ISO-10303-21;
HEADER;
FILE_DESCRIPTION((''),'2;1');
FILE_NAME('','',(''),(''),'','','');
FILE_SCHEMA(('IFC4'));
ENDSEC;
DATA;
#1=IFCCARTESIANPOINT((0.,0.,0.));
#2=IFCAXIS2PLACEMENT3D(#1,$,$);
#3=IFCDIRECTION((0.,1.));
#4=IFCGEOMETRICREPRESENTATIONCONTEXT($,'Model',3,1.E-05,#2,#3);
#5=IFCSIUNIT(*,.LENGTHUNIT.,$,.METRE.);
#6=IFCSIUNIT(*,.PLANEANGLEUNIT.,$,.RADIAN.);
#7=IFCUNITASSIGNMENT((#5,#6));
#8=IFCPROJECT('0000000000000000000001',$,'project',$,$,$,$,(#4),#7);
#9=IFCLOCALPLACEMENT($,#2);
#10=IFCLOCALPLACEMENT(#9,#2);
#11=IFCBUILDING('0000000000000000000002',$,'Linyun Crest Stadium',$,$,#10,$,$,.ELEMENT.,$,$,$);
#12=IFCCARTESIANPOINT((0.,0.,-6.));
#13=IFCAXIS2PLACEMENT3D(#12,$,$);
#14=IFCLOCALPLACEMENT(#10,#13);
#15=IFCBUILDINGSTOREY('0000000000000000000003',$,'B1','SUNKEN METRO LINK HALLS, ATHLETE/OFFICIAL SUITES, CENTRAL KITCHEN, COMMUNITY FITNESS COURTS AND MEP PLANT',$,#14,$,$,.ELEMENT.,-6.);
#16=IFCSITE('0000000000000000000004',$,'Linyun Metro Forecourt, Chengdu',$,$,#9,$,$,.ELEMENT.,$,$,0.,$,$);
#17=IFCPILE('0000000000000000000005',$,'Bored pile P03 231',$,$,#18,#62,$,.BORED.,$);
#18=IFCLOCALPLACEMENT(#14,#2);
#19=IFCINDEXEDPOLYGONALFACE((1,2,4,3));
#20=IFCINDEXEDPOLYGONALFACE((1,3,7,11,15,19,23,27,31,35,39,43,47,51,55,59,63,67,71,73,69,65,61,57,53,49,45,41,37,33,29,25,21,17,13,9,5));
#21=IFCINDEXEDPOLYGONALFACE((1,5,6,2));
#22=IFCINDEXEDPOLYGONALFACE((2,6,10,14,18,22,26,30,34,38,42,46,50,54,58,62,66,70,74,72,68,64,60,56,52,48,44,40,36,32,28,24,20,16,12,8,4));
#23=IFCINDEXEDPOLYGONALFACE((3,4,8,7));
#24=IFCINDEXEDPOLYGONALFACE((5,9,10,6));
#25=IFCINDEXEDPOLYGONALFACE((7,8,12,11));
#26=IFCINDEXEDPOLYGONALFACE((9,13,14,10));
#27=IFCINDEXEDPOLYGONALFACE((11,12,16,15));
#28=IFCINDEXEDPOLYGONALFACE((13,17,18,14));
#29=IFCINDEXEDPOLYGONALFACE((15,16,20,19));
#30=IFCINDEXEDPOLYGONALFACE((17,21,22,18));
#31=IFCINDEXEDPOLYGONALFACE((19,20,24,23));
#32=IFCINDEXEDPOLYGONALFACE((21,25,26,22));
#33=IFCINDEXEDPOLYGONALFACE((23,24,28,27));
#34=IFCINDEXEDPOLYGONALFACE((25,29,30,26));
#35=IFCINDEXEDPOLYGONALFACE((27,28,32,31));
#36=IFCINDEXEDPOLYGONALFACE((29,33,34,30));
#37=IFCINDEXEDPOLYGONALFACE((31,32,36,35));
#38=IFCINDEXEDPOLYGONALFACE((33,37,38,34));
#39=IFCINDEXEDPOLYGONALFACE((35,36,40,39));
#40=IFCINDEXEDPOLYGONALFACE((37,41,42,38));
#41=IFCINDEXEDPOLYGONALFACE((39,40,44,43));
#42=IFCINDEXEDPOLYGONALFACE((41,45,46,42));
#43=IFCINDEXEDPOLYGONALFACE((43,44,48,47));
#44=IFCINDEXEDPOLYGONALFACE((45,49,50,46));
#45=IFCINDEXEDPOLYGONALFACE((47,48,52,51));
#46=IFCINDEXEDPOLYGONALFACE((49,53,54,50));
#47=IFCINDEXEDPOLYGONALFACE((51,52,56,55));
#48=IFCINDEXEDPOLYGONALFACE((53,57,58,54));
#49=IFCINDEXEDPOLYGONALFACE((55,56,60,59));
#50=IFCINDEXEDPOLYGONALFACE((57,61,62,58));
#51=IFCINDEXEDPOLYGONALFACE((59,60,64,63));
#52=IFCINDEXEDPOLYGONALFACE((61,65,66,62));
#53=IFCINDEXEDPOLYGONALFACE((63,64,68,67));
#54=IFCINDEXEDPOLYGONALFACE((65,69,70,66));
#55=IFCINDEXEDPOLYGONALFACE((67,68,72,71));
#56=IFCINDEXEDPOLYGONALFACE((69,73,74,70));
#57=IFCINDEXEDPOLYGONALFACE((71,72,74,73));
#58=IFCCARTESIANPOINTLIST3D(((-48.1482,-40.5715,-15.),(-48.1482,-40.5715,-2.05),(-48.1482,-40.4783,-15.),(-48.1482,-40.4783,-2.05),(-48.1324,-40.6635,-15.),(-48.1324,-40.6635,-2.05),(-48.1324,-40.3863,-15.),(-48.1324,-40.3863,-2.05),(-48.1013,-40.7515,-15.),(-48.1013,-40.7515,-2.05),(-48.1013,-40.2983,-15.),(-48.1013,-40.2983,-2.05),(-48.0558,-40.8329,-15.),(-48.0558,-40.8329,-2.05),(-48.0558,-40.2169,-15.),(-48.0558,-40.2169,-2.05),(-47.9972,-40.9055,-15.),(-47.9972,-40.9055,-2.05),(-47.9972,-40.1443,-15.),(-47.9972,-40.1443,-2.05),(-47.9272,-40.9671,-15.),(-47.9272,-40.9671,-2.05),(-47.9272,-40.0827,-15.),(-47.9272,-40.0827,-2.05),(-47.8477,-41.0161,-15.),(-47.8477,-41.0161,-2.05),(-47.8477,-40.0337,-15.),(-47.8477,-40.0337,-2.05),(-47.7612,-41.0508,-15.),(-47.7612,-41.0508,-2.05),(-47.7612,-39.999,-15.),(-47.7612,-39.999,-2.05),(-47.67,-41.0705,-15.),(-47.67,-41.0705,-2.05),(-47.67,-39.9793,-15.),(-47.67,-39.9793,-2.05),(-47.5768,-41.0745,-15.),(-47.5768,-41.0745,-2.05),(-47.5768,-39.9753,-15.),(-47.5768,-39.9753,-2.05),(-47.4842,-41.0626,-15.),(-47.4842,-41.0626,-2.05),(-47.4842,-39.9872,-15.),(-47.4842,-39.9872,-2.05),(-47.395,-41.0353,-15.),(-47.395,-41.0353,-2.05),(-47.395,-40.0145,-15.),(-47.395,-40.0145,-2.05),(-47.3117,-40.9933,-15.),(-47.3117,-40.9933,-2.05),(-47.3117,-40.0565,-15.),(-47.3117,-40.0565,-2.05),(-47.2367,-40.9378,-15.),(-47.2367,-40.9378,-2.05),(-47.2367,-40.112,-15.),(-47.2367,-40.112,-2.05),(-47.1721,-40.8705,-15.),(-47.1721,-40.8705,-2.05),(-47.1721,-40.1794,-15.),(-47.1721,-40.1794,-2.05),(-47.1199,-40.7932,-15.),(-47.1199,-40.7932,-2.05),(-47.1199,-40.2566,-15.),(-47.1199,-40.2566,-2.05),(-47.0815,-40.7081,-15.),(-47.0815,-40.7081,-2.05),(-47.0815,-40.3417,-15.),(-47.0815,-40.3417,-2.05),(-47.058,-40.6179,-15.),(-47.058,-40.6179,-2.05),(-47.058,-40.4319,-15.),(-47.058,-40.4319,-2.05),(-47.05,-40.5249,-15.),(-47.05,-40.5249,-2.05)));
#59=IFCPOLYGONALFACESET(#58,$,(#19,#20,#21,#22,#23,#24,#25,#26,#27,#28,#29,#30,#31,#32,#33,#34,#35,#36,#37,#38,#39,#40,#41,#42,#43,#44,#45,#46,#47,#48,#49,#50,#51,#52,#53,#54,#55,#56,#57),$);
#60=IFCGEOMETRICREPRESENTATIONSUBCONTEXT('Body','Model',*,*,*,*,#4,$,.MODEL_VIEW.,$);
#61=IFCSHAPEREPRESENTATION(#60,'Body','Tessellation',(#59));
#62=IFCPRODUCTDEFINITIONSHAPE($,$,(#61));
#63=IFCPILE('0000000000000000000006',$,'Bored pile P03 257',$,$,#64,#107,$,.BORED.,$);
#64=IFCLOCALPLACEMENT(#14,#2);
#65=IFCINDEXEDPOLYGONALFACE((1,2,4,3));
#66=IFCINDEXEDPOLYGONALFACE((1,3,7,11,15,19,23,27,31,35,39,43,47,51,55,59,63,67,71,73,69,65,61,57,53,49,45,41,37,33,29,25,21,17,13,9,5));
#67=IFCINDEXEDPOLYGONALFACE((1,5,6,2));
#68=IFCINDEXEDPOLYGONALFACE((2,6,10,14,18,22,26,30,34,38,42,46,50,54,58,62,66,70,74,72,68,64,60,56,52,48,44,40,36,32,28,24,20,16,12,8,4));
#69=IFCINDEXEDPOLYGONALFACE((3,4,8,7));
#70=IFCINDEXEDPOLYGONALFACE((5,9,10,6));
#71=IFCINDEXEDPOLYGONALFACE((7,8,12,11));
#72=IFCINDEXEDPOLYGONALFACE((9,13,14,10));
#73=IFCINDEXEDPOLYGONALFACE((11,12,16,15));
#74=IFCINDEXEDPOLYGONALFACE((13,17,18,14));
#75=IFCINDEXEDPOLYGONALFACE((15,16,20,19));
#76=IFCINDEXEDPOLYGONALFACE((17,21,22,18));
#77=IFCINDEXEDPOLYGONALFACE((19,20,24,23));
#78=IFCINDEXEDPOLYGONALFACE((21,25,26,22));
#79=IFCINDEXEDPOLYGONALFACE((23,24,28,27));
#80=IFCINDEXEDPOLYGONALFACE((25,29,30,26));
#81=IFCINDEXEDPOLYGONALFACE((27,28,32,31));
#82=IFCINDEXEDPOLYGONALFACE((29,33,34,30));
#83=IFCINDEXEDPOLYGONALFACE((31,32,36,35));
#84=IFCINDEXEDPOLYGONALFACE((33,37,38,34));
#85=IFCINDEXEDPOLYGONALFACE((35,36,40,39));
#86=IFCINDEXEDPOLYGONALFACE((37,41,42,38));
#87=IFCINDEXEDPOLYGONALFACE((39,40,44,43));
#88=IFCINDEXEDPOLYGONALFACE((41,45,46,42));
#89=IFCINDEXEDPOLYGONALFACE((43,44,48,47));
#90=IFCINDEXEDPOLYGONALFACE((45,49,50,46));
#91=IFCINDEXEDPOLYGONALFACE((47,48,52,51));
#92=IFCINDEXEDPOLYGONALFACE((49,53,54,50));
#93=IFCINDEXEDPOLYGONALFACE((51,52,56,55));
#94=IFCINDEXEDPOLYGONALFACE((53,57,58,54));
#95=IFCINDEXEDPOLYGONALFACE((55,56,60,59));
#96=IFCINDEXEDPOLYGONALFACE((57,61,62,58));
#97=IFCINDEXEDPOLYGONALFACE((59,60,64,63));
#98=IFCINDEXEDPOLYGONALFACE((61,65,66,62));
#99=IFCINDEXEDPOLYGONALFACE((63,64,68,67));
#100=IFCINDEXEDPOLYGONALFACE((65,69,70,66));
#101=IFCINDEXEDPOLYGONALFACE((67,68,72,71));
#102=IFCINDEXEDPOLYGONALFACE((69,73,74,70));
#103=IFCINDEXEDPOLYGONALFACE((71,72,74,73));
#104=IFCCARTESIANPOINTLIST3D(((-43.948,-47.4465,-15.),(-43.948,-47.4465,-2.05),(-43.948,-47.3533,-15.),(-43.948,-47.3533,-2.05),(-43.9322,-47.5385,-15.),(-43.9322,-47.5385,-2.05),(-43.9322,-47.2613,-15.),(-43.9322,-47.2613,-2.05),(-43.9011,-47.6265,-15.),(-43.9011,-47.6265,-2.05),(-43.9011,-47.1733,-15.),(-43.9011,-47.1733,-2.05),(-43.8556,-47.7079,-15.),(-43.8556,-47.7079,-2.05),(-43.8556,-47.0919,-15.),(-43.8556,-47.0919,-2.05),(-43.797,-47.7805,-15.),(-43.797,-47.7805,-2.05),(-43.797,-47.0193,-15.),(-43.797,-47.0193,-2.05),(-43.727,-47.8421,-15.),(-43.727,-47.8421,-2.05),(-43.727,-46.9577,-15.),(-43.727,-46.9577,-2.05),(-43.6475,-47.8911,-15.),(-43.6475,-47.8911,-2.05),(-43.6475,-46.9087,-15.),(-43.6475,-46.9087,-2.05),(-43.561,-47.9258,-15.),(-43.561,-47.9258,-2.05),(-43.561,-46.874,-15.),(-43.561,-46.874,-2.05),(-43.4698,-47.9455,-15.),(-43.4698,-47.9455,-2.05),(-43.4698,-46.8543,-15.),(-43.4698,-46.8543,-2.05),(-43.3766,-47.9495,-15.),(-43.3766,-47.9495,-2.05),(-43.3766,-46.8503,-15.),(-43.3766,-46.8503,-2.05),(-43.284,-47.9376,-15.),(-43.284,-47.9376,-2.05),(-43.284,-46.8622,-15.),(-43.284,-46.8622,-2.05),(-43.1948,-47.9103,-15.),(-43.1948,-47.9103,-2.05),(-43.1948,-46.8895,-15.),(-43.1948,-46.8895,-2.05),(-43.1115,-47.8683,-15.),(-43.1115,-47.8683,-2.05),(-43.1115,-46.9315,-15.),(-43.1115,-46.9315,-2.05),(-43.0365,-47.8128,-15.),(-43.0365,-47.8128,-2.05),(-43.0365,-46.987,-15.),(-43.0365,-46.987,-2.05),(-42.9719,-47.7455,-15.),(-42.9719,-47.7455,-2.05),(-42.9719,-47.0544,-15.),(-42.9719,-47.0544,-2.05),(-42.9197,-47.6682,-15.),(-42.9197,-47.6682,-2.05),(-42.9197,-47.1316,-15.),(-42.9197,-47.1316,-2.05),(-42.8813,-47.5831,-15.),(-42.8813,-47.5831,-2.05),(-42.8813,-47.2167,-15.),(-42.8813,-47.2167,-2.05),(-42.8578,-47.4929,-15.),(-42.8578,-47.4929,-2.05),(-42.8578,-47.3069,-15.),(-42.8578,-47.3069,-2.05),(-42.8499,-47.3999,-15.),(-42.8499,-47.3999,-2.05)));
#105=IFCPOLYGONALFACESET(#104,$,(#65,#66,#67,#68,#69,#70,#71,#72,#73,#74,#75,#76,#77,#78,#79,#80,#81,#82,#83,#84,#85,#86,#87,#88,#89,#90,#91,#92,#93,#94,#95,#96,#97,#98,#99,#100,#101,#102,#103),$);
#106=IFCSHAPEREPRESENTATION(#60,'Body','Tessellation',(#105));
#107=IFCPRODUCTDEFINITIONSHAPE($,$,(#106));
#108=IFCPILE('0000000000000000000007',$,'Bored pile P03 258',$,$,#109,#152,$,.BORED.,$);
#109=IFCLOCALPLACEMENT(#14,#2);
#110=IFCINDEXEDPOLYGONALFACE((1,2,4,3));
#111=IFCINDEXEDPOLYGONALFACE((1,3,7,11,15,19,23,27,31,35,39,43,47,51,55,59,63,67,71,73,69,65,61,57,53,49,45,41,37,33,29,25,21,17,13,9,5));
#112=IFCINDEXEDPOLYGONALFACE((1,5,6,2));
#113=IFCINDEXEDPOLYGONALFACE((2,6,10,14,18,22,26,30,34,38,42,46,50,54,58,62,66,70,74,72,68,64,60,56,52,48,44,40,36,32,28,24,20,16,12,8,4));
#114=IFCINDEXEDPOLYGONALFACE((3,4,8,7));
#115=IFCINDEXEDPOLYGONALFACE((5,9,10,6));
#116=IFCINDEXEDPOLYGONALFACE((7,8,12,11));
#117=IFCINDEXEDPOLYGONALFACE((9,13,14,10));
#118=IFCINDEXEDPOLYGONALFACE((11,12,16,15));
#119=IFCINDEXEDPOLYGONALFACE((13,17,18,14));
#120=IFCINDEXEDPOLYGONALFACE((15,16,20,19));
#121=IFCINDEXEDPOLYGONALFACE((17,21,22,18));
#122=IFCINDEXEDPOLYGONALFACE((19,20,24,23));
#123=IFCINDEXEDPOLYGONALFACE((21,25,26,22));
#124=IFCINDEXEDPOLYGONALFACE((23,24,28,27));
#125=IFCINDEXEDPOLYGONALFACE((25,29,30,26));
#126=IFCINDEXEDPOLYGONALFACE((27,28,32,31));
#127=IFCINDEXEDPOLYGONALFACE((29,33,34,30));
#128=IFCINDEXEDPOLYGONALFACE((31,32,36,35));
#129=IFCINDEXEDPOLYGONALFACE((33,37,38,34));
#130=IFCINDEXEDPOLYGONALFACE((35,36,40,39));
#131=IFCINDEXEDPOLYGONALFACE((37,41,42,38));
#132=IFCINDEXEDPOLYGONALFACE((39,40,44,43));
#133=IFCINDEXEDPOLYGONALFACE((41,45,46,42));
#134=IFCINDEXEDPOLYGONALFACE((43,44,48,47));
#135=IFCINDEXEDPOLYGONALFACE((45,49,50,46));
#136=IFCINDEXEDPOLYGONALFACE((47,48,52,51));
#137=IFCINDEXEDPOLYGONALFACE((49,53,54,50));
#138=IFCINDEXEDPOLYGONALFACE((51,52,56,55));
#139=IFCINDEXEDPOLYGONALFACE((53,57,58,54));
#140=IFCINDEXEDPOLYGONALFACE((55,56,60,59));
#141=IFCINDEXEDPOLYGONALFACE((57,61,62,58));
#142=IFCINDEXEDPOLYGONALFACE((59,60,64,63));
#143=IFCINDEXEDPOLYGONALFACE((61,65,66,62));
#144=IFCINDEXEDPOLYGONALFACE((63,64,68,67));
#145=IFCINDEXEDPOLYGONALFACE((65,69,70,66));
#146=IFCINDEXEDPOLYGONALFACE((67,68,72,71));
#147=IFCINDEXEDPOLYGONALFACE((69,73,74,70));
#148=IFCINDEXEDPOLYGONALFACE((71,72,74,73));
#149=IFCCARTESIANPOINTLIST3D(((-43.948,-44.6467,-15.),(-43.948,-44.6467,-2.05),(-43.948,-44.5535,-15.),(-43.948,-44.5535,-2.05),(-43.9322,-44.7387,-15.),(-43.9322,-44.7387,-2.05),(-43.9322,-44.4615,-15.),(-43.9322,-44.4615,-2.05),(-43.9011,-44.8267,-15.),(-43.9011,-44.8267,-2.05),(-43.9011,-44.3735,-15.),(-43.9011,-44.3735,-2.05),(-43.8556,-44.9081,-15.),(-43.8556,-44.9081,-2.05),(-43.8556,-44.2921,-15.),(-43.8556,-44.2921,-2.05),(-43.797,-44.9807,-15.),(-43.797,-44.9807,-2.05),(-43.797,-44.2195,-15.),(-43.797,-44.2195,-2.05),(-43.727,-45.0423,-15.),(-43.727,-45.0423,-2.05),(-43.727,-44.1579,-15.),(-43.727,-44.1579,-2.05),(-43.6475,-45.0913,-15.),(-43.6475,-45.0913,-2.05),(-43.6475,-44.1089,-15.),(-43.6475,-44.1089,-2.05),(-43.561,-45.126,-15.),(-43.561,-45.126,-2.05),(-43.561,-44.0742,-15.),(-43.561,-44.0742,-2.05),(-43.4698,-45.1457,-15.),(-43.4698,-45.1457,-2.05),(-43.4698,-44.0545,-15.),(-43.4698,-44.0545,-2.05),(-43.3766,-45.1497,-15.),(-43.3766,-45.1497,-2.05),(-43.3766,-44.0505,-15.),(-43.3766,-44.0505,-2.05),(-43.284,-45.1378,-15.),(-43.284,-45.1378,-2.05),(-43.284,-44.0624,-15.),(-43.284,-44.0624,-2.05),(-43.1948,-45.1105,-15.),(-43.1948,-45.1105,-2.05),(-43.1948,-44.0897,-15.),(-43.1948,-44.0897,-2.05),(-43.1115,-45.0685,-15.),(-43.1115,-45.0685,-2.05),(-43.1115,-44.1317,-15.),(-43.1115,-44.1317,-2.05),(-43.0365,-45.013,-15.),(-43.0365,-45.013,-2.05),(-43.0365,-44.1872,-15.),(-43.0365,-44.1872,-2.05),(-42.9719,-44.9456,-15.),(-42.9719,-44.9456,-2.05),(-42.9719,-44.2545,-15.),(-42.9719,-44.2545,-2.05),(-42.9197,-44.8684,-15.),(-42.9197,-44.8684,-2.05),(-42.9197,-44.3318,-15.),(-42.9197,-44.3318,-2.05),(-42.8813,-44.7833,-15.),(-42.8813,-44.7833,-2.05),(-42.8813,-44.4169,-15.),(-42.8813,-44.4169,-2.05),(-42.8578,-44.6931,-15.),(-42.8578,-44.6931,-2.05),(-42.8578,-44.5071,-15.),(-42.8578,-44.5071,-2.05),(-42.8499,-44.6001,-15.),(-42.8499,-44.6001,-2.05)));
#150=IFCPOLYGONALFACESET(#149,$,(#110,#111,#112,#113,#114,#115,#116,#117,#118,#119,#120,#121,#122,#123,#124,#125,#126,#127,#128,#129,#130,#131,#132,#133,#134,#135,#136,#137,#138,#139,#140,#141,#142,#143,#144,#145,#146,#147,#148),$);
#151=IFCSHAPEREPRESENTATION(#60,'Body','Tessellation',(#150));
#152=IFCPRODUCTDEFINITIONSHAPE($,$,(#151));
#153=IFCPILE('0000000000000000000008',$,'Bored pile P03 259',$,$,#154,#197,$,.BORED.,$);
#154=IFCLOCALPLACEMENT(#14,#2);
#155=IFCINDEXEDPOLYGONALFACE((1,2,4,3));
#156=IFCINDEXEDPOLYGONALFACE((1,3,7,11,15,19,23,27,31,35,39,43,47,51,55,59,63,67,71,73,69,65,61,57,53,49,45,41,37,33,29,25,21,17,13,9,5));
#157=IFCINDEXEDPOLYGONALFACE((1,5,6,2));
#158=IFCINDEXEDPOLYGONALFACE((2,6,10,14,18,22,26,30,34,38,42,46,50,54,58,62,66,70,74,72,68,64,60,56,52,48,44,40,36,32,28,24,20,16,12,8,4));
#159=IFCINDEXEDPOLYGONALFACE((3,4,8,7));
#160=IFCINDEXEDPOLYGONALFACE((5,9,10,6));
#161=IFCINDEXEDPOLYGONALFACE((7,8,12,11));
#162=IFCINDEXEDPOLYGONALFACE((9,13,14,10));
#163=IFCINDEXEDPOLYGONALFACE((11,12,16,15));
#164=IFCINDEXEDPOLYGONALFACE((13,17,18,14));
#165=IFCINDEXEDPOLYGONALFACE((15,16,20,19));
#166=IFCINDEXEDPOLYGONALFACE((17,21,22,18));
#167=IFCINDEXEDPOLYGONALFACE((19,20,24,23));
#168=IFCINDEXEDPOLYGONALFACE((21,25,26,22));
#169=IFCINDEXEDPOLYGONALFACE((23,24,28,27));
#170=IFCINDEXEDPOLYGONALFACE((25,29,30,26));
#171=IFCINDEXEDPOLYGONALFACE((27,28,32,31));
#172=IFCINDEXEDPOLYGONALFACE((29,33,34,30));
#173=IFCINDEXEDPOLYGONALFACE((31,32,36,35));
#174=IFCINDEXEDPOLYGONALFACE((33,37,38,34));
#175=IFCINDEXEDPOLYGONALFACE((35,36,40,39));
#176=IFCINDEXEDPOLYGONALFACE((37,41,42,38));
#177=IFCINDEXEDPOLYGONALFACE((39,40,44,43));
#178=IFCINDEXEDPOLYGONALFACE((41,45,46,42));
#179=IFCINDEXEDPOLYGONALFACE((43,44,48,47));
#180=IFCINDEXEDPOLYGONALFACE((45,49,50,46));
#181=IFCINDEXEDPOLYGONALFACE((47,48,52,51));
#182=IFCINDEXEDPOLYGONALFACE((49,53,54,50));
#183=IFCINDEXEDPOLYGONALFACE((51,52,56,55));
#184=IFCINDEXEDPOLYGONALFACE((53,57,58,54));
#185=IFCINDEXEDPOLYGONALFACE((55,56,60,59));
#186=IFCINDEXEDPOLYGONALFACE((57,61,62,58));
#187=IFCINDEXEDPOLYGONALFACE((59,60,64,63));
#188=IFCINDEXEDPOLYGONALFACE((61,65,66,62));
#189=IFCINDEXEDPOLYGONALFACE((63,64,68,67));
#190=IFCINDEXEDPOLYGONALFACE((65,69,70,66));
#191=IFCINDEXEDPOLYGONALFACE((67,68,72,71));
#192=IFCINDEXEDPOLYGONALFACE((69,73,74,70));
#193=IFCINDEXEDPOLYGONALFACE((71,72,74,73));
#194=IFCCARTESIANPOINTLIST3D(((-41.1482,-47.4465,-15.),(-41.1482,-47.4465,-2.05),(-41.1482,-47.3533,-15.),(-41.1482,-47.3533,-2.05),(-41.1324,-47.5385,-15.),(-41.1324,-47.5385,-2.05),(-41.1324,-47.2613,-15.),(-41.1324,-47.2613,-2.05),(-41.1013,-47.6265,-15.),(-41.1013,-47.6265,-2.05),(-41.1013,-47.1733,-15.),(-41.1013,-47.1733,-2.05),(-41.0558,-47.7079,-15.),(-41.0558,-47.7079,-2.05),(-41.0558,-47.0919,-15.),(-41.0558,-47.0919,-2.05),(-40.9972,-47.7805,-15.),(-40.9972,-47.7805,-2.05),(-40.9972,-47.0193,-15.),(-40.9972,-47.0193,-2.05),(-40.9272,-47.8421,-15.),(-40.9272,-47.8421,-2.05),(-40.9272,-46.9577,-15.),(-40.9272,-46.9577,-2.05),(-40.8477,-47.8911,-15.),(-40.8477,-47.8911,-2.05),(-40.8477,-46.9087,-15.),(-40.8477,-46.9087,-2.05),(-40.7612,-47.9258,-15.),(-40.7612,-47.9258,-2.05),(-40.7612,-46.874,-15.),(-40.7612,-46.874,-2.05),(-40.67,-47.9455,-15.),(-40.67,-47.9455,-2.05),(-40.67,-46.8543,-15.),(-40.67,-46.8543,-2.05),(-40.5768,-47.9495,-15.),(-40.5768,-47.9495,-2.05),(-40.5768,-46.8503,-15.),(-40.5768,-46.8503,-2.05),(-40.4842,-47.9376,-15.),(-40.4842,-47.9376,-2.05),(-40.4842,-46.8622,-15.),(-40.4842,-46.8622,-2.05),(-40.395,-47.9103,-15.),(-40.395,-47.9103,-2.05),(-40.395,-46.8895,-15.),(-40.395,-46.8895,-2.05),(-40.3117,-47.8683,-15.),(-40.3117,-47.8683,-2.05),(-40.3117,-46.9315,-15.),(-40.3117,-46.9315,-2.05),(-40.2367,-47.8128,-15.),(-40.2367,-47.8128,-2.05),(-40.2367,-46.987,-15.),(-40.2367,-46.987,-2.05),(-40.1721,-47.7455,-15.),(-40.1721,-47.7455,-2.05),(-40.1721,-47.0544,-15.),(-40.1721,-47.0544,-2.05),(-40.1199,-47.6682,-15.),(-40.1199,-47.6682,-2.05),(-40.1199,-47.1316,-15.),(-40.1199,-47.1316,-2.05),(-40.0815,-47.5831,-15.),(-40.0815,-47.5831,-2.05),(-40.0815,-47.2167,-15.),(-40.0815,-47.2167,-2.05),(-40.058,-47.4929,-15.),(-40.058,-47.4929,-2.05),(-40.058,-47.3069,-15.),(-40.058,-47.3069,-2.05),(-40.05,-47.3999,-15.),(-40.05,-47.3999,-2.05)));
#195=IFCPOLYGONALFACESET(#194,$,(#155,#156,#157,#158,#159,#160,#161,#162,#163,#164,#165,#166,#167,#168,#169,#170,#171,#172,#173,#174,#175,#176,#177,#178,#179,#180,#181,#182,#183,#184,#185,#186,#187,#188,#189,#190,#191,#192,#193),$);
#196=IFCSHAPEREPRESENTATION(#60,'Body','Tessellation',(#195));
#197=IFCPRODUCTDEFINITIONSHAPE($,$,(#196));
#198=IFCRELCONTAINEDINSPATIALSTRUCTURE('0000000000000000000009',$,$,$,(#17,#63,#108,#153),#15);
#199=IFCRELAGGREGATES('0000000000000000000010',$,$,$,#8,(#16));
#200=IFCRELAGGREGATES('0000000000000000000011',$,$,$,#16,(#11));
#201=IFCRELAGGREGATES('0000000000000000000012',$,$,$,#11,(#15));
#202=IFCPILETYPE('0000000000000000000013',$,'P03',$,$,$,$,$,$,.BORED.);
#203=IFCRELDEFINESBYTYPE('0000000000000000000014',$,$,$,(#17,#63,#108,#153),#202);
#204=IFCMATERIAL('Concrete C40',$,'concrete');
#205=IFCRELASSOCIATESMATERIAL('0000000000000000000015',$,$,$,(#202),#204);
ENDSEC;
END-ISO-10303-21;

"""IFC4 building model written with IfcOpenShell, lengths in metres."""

from ifc_helpers import new_model, si_unit, direction, frame, origin, origin_2d, place, context, subcontext, project, spatial, circle, extrude, material, material_profile, profile_set, type_object, element, save


model = new_model("IFC4")

# Units and contexts
model_context = context("Model", 3, precision=1e-05, world=origin(), true_north=direction((0.0, 1.0)))
body_context = subcontext(model_context, "Body", "Model", "MODEL_VIEW")
ifc_project = project(units=[si_unit("LENGTHUNIT", "METRE"), si_unit("PLANEANGLEUNIT", "RADIAN")], contexts=[model_context])

# Site, building, storey
site_placement = place(None, origin())
site = spatial("IfcSite", under=ifc_project, at=site_placement, Name="Linyun Metro Forecourt, Chengdu", CompositionType="ELEMENT", RefElevation=0.0)
building_placement = place(site_placement, origin())
building = spatial("IfcBuilding", under=site, at=building_placement, Name="Linyun Crest Stadium", CompositionType="ELEMENT")
storey_placement = place(building_placement, frame((0.0, 0.0, -6.0)))
storey = spatial("IfcBuildingStorey", under=building, at=storey_placement, Name="B1", Description="SUNKEN METRO LINK HALLS, ATHLETE/OFFICIAL SUITES, CENTRAL KITCHEN, COMMUNITY FITNESS COURTS AND MEP PLANT", CompositionType="ELEMENT", Elevation=-6.0)

# Piles
ifc_material_1 = material(Name="Concrete C40", Category="concrete")
ifc_material_profile_1 = material_profile(ifc_material_1, circle(Radius=0.55, at=origin_2d()), Name="BORED PILE 1100")
ifc_profile_set_1 = profile_set([ifc_material_profile_1], Name="Concrete C40")
pile_type_1 = type_object("IfcPileType", Name="P03", PredefinedType="BORED", material=ifc_profile_set_1)
for number, where, z_axis, x_axis, name in (
    (1, (-47.6001, -40.5249, -2.05), (0.0, 0.0, -1.0), (1.0, 0.0, 0.0), "Bored pile P03 231"),
    (2, (-43.3999, -47.3999, -2.05), (0.0, 0.0, -1.0), (1.0, 0.0, 0.0), "Bored pile P03 257"),
    (3, (-43.3999, -44.6001, -2.05), (0.0, 0.0, -1.0), (1.0, 0.0, 0.0), "Bored pile P03 258"),
    (4, (-40.6001, -47.3999, -2.05), (0.0, 0.0, -1.0), (1.0, 0.0, 0.0), "Bored pile P03 259"),
):
    element("IfcPile", number, at=place(storey_placement, frame(where, z_axis=z_axis, x_axis=x_axis)), inside=storey, type_object=pile_type_1, Name=name, PredefinedType="BORED", context=body_context, shape_type="SweptSolid", body=[
        extrude(circle(Radius=0.55, at=origin_2d()), origin(), (0.0, 0.0, 1.0), 12.95),
    ])

save(model, "model.ifc")
